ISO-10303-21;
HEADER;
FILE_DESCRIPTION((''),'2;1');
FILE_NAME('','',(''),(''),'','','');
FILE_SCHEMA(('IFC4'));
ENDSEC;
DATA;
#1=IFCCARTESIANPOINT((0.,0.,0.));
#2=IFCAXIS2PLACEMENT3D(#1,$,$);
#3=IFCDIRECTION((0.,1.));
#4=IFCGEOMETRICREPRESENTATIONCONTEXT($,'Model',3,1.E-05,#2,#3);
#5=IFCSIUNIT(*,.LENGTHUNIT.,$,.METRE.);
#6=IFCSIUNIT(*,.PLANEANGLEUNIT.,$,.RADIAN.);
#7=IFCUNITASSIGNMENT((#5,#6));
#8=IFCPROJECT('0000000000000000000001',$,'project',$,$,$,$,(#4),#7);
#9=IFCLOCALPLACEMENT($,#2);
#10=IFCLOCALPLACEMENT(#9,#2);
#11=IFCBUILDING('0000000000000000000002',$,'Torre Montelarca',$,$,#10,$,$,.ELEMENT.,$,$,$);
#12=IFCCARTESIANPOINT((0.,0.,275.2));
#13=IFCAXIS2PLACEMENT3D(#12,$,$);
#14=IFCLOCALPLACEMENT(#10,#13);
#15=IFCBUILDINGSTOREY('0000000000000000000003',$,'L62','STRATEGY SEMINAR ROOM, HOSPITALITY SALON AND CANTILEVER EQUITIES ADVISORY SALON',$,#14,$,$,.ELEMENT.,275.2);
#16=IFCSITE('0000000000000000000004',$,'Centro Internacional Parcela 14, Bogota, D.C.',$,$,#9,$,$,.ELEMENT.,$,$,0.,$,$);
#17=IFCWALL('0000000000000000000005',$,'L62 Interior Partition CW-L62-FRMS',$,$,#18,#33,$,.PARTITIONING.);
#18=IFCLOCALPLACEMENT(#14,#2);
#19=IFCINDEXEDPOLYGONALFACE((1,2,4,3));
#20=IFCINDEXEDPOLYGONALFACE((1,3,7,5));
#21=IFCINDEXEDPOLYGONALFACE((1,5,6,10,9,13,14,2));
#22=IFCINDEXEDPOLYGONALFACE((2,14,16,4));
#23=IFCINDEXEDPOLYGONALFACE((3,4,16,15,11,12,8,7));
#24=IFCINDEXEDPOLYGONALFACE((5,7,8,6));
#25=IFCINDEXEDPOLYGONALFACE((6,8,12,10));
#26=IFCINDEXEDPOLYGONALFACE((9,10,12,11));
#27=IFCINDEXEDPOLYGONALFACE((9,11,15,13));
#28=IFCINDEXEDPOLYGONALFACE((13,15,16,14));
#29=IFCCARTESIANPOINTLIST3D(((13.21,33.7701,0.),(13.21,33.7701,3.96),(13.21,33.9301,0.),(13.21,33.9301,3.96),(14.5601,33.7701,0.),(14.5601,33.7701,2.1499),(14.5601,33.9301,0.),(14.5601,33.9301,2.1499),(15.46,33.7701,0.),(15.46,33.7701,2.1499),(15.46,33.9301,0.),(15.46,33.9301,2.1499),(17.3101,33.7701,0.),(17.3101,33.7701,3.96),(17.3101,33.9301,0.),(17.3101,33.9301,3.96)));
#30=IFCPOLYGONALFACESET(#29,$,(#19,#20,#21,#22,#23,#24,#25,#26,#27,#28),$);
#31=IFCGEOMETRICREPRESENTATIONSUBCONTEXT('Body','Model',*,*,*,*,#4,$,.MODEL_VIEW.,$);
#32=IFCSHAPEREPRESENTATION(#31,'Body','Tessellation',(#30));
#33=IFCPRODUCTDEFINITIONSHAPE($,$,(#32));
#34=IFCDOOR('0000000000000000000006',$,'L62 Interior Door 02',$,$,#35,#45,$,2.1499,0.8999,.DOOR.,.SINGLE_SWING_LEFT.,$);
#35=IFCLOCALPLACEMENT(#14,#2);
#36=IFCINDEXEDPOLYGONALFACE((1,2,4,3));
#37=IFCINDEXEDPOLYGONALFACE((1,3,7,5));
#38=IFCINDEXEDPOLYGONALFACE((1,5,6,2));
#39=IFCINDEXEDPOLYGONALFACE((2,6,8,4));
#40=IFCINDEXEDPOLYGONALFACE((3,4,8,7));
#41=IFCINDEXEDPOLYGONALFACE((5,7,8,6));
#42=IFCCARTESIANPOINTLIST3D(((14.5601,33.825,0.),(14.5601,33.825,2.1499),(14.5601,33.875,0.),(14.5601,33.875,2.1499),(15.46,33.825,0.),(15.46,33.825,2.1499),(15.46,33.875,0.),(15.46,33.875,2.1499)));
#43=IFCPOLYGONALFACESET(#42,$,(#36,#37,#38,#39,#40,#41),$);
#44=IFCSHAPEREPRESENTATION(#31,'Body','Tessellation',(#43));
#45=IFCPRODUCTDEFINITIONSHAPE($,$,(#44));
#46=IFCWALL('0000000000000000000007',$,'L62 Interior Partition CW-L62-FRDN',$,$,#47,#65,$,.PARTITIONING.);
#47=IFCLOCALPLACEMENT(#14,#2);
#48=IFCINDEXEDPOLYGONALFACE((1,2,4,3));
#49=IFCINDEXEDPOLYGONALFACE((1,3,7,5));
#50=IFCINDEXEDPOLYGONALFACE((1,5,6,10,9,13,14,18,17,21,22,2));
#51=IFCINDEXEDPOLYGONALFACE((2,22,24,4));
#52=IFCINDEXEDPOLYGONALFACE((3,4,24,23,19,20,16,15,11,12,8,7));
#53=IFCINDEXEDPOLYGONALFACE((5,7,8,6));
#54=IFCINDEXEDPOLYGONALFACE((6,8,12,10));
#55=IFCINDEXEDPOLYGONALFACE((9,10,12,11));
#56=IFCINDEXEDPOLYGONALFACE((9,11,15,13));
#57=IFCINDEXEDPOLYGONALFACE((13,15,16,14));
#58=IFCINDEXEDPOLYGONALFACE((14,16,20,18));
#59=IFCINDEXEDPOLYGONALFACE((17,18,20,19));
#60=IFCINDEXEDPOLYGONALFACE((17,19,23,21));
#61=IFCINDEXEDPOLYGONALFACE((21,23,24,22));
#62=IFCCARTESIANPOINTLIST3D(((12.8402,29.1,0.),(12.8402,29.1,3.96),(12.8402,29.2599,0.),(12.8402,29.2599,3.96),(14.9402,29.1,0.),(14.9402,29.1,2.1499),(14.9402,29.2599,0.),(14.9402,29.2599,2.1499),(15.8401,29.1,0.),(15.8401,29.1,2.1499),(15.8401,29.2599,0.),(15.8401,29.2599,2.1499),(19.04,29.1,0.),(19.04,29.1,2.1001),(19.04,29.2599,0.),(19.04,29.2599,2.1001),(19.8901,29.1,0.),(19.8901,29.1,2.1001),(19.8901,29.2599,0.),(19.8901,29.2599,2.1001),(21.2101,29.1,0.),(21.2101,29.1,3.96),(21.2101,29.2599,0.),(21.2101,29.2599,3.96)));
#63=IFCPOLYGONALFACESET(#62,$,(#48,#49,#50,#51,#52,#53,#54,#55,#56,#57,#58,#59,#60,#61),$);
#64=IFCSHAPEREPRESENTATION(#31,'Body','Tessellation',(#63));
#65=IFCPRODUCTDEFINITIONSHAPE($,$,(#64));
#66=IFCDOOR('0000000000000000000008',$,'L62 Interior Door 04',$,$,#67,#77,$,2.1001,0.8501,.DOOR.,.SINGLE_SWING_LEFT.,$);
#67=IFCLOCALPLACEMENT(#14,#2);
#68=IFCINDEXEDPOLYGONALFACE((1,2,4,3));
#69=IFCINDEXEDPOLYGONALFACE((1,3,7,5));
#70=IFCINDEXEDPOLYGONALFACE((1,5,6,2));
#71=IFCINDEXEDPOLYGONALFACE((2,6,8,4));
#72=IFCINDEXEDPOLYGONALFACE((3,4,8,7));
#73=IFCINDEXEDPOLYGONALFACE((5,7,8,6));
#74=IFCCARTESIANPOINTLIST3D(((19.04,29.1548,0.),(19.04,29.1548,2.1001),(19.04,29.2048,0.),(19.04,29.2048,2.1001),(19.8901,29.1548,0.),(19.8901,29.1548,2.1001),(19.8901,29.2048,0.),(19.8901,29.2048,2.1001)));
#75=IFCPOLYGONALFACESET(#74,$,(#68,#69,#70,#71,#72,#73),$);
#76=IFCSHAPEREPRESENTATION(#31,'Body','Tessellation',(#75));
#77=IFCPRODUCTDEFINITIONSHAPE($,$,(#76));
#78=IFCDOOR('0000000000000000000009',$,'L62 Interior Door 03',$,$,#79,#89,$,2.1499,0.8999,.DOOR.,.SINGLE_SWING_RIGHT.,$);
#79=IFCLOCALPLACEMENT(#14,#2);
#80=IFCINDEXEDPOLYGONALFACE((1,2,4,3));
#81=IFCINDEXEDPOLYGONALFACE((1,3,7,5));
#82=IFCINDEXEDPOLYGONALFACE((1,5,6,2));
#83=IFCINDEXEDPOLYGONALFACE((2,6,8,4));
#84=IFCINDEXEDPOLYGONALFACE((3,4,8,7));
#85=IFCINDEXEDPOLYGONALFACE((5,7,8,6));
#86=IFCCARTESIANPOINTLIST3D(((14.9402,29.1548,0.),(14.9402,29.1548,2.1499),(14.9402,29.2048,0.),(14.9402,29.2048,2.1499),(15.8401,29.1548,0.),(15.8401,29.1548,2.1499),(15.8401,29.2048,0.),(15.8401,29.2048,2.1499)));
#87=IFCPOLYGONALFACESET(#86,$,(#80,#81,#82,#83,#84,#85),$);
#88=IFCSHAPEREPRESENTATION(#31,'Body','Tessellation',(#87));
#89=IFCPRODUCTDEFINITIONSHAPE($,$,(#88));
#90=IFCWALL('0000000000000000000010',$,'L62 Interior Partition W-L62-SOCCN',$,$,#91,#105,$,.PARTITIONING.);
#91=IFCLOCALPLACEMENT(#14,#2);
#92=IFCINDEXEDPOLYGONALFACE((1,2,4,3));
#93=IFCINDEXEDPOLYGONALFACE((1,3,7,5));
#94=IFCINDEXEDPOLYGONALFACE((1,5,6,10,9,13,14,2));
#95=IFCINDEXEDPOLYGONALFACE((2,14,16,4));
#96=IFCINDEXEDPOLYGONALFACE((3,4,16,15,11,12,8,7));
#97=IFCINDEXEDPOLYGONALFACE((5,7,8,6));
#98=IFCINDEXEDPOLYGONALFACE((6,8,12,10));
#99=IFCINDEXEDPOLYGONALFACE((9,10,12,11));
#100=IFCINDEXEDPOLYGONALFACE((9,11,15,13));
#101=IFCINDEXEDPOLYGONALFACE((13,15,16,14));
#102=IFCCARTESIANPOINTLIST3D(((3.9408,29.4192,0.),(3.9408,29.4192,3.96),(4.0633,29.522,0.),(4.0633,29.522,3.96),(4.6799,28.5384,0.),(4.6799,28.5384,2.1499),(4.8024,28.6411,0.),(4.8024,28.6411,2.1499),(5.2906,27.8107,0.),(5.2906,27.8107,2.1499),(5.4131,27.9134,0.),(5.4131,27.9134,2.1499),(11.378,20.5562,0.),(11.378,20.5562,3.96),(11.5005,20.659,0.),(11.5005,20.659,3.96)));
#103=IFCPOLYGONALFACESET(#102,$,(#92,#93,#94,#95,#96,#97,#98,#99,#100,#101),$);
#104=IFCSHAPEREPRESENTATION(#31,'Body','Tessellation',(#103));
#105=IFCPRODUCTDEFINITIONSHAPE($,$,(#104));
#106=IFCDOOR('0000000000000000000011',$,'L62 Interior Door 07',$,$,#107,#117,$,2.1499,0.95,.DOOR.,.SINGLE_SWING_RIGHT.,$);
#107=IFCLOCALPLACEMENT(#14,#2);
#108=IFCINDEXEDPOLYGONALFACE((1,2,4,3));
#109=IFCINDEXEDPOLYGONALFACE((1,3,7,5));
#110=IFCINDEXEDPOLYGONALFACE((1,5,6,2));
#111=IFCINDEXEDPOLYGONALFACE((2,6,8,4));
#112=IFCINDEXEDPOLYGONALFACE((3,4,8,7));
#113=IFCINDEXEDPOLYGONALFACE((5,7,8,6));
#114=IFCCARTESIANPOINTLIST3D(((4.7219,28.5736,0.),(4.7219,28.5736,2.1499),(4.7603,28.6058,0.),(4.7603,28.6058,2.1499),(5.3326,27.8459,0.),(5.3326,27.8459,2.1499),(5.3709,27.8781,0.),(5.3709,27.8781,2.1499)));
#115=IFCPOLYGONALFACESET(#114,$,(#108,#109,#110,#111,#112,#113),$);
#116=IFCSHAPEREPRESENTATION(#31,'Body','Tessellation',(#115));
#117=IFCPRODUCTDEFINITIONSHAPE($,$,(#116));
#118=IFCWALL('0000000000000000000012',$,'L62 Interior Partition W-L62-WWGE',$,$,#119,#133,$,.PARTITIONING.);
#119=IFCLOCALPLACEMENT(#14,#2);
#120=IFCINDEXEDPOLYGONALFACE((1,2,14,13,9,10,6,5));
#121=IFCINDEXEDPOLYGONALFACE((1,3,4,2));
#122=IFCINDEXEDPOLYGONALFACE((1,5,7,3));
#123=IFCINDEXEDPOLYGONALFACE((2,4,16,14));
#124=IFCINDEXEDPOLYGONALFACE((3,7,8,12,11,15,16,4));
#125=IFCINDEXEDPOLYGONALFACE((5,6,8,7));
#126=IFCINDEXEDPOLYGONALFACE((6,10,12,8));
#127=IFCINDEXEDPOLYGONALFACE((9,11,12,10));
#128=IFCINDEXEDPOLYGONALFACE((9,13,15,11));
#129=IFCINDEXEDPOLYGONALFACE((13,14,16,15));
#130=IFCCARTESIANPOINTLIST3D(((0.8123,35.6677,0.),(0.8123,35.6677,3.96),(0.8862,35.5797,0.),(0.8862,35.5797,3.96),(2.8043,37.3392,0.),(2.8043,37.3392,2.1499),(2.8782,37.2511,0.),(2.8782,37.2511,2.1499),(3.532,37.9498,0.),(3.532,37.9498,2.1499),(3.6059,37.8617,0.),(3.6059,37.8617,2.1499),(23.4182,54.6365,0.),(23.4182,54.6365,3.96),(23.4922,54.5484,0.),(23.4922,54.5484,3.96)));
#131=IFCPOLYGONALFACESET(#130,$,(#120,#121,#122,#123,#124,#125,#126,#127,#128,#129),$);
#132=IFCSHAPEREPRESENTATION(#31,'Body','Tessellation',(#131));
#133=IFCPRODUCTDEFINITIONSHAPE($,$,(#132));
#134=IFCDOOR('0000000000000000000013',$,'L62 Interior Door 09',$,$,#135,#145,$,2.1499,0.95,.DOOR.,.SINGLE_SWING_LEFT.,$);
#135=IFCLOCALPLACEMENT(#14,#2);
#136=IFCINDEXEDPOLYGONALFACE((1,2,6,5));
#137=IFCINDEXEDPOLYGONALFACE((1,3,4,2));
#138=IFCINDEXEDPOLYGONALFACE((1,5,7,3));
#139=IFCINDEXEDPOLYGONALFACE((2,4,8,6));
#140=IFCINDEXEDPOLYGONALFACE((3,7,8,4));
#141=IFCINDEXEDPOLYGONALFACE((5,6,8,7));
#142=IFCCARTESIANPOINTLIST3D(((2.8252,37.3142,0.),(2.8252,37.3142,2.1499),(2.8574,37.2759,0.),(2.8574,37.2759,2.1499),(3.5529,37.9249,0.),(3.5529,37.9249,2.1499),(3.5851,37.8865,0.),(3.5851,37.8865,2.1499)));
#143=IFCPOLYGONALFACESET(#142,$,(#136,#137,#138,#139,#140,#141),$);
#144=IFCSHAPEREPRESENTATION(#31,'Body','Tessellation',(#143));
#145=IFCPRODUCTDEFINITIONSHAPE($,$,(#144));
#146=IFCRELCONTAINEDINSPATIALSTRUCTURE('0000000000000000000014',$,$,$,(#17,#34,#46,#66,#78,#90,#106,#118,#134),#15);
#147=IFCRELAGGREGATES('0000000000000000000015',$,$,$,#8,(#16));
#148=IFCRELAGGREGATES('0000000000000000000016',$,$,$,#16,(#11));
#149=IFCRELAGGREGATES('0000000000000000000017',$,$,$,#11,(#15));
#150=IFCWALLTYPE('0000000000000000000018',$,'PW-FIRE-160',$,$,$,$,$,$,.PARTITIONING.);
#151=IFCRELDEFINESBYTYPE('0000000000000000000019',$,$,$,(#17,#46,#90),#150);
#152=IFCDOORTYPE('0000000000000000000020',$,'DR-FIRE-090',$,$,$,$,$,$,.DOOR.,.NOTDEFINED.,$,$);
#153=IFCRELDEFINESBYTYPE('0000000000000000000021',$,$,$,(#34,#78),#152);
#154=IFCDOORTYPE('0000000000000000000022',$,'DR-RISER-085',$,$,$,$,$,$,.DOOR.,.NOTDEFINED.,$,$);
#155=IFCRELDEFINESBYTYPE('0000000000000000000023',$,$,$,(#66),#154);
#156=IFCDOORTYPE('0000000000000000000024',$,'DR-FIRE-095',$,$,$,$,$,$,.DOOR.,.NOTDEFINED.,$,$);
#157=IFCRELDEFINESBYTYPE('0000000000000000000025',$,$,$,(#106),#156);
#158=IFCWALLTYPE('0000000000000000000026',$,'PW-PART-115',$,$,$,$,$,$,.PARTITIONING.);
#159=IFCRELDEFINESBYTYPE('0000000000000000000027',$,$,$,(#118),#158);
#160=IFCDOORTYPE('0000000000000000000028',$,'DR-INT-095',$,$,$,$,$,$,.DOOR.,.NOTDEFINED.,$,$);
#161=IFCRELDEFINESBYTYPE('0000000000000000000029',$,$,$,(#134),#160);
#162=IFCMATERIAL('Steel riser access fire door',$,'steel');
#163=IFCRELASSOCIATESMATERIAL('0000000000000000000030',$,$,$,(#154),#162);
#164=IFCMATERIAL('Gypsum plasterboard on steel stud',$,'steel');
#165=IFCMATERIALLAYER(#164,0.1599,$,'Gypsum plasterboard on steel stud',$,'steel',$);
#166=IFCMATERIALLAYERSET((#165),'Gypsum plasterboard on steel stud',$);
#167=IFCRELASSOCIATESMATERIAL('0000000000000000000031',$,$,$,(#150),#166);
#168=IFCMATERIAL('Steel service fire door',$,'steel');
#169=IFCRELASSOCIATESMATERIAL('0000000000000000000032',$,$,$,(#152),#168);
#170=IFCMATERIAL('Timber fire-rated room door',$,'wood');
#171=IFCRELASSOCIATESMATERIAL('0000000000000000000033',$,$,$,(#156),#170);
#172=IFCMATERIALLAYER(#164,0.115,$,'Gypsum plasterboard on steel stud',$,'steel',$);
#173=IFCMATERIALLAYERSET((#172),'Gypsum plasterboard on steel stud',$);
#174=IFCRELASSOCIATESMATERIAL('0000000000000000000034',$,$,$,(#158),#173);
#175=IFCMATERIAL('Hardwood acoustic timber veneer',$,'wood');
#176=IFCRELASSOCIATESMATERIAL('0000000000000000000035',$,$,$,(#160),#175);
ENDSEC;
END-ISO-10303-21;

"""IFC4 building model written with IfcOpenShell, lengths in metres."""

from ifc_helpers import new_model, si_unit, direction, frame, frame_2d, origin, place, context, subcontext, project, spatial, rectangle, extrude, source, transform, mapped, material, layer, layer_set, type_object, element, fill, save


model = new_model("IFC4")

# Units and contexts
model_context = context("Model", 3, precision=1e-05, world=origin(), true_north=direction((0.0, 1.0)))
body_context = subcontext(model_context, "Body", "Model", "MODEL_VIEW")
ifc_project = project(units=[si_unit("LENGTHUNIT", "METRE"), si_unit("PLANEANGLEUNIT", "RADIAN")], contexts=[model_context])

# Site, building, storey
site_placement = place(None, origin())
site = spatial("IfcSite", under=ifc_project, at=site_placement, Name="Centro Internacional Parcela 14, Bogota, D.C.", CompositionType="ELEMENT", RefElevation=0.0)
building_placement = place(site_placement, origin())
building = spatial("IfcBuilding", under=site, at=building_placement, Name="Torre Montelarca", CompositionType="ELEMENT")
storey_placement = place(building_placement, frame((0.0, 0.0, 275.2)))
storey = spatial("IfcBuildingStorey", under=building, at=storey_placement, Name="L62", Description="STRATEGY SEMINAR ROOM, HOSPITALITY SALON AND CANTILEVER EQUITIES ADVISORY SALON", CompositionType="ELEMENT", Elevation=275.2)

# Shared definitions
ifc_material_1 = material(Name="Steel riser access fire door", Category="steel")
door_type_1 = type_object("IfcDoorType", Name="DR-RISER-085", OperationType="NOTDEFINED", PredefinedType="DOOR", material=ifc_material_1)
shared_shape_1 = source(origin(), body_context, "Body", "SweptSolid", [
    extrude(rectangle(XDim=0.8501, YDim=2.1001, at=frame_2d((0.425, 1.05))), frame((0.0, 0.0249, 0.0), z_axis=(0.0, -1.0, 0.0), x_axis=(1.0, 0.0, 0.0)), (0.0, 0.0, 1.0), 0.05),
])

# Shared definitions
ifc_material_2 = material(Name="Gypsum plasterboard on steel stud", Category="steel")
ifc_layer_1 = layer(ifc_material_2, 0.1599, Name="Gypsum plasterboard on steel stud", Category="steel")
ifc_layer_set_1 = layer_set([ifc_layer_1], Name="Gypsum plasterboard on steel stud")
wall_type_1 = type_object("IfcWallType", Name="PW-FIRE-160", PredefinedType="PARTITIONING", material=ifc_layer_set_1)
ifc_material_3 = material(Name="Steel service fire door", Category="steel")
door_type_2 = type_object("IfcDoorType", Name="DR-FIRE-090", OperationType="NOTDEFINED", PredefinedType="DOOR", material=ifc_material_3)
shared_shape_2 = source(origin(), body_context, "Body", "SweptSolid", [
    extrude(rectangle(XDim=0.8999, YDim=2.1499, at=frame_2d((0.45, 1.075))), frame((0.0, 0.0249, 0.0), z_axis=(0.0, -1.0, 0.0), x_axis=(1.0, 0.0, 0.0)), (0.0, 0.0, 1.0), 0.05),
])

# Wall, opening, door
wall_1_placement = place(storey_placement, frame((13.21, 33.8501, 0.0), z_axis=(0.0, 0.0, 1.0), x_axis=(1.0, 0.0, 0.0)))
wall_1 = element("IfcWall", 1, at=wall_1_placement, inside=storey, type_object=wall_type_1, Name="L62 Interior Partition CW-L62-FRMS", PredefinedType="PARTITIONING", context=body_context, shape_type="SweptSolid", body=[
    extrude(rectangle(XDim=4.1001, YDim=0.1599, at=frame_2d((2.05, 0.0))), origin(), (0.0, 0.0, 1.0), 3.96),
])
opening_1_placement = place(wall_1_placement, frame((1.3501, 0.0, 0.0)))
opening_1 = element("IfcOpeningElement", 2, at=opening_1_placement, cuts=wall_1, PredefinedType="OPENING", context=body_context, shape_type="SweptSolid", body=[
    extrude(rectangle(XDim=0.8999, YDim=2.1499, at=frame_2d((0.45, 1.075))), frame((0.0, 0.0898, 0.0), z_axis=(0.0, -1.0, 0.0), x_axis=(1.0, 0.0, 0.0)), (0.0, 0.0, 1.0), 0.1799),
])
door_1_placement = place(opening_1_placement, origin())
door_1 = element("IfcDoor", 3, at=door_1_placement, inside=storey, type_object=door_type_2, Name="L62 Interior Door 02", OperationType="SINGLE_SWING_LEFT", OverallHeight=2.1499, OverallWidth=0.8999, PredefinedType="DOOR", context=body_context, shape_type="MappedRepresentation", body=[
    mapped(shared_shape_2, transform((0.0, 0.0, 0.0), scale=1.0)),
])
fill(opening_1, door_1)

# Wall, openings, doors
wall_2_placement = place(storey_placement, frame((12.8401, 29.1799, 0.0), z_axis=(0.0, 0.0, 1.0), x_axis=(1.0, 0.0, 0.0)))
wall_2 = element("IfcWall", 4, at=wall_2_placement, inside=storey, type_object=wall_type_1, Name="L62 Interior Partition CW-L62-FRDN", PredefinedType="PARTITIONING", context=body_context, shape_type="SweptSolid", body=[
    extrude(rectangle(XDim=8.3699, YDim=0.1599, at=frame_2d((4.1851, 0.0))), origin(), (0.0, 0.0, 1.0), 3.96),
])
opening_2_placement = place(wall_2_placement, frame((2.1001, 0.0, 0.0)))
opening_2 = element("IfcOpeningElement", 5, at=opening_2_placement, cuts=wall_2, PredefinedType="OPENING", context=body_context, shape_type="SweptSolid", body=[
    extrude(rectangle(XDim=0.8999, YDim=2.1499, at=frame_2d((0.45, 1.075))), frame((0.0, 0.0898, 0.0), z_axis=(0.0, -1.0, 0.0), x_axis=(1.0, 0.0, 0.0)), (0.0, 0.0, 1.0), 0.1799),
])
opening_3_placement = place(wall_2_placement, frame((6.2, 0.0, 0.0)))
opening_3 = element("IfcOpeningElement", 6, at=opening_3_placement, cuts=wall_2, PredefinedType="OPENING", context=body_context, shape_type="SweptSolid", body=[
    extrude(rectangle(XDim=0.8501, YDim=2.1001, at=frame_2d((0.425, 1.05))), frame((0.0, 0.0898, 0.0), z_axis=(0.0, -1.0, 0.0), x_axis=(1.0, 0.0, 0.0)), (0.0, 0.0, 1.0), 0.1799),
])
door_2_placement = place(opening_3_placement, origin())
door_2 = element("IfcDoor", 7, at=door_2_placement, inside=storey, type_object=door_type_1, Name="L62 Interior Door 04", OperationType="SINGLE_SWING_LEFT", OverallHeight=2.1001, OverallWidth=0.8501, PredefinedType="DOOR", context=body_context, shape_type="MappedRepresentation", body=[
    mapped(shared_shape_1, transform((0.0, 0.0, 0.0), scale=1.0)),
])
fill(opening_3, door_2)
door_3_placement = place(opening_2_placement, origin())
door_3 = element("IfcDoor", 8, at=door_3_placement, inside=storey, type_object=door_type_2, Name="L62 Interior Door 03", OperationType="SINGLE_SWING_RIGHT", OverallHeight=2.1499, OverallWidth=0.8999, PredefinedType="DOOR", context=body_context, shape_type="MappedRepresentation", body=[
    mapped(shared_shape_2, transform((0.0, 0.0, 0.0), scale=1.0)),
])
fill(opening_2, door_3)

# Walls, openings, doors
wall_3_placement = place(storey_placement, frame((4.002, 29.4707, 0.0), z_axis=(0.0, 0.0, 1.0), x_axis=(0.642802, -0.766032, 0.0)))
wall_3 = element("IfcWall", 9, at=wall_3_placement, inside=storey, type_object=wall_type_1, Name="L62 Interior Partition W-L62-SOCCN", PredefinedType="PARTITIONING", context=body_context, shape_type="SweptSolid", body=[
    extrude(rectangle(XDim=11.5701, YDim=0.1599, at=frame_2d((5.7852, 0.0))), origin(), (0.0, 0.0, 1.0), 3.96),
])
opening_4_placement = place(wall_3_placement, frame((1.1499, 0.0, 0.0)))
opening_4 = element("IfcOpeningElement", 10, at=opening_4_placement, cuts=wall_3, PredefinedType="OPENING", context=body_context, shape_type="SweptSolid", body=[
    extrude(rectangle(XDim=0.95, YDim=2.1499, at=frame_2d((0.4751, 1.075))), frame((0.0, 0.0898, 0.0), z_axis=(0.0, -1.0, 0.0), x_axis=(1.0, 0.0, 0.0)), (0.0, 0.0, 1.0), 0.1799),
])
ifc_material_4 = material(Name="Timber fire-rated room door", Category="wood")
door_type_3 = type_object("IfcDoorType", Name="DR-FIRE-095", OperationType="NOTDEFINED", PredefinedType="DOOR", material=ifc_material_4)
shared_shape_3 = source(origin(), body_context, "Body", "SweptSolid", [
    extrude(rectangle(XDim=0.95, YDim=2.1499, at=frame_2d((0.4751, 1.075))), frame((0.0, 0.0249, 0.0), z_axis=(0.0, -1.0, 0.0), x_axis=(1.0, 0.0, 0.0)), (0.0, 0.0, 1.0), 0.05),
])
door_4_placement = place(opening_4_placement, origin())
door_4 = element("IfcDoor", 11, at=door_4_placement, inside=storey, type_object=door_type_3, Name="L62 Interior Door 07", OperationType="SINGLE_SWING_RIGHT", OverallHeight=2.1499, OverallWidth=0.95, PredefinedType="DOOR", context=body_context, shape_type="MappedRepresentation", body=[
    mapped(shared_shape_3, transform((0.0, 0.0, 0.0), scale=1.0)),
])
fill(opening_4, door_4)
ifc_layer_2 = layer(ifc_material_2, 0.115, Name="Gypsum plasterboard on steel stud", Category="steel")
ifc_layer_set_2 = layer_set([ifc_layer_2], Name="Gypsum plasterboard on steel stud")
wall_type_2 = type_object("IfcWallType", Name="PW-PART-115", PredefinedType="PARTITIONING", material=ifc_layer_set_2)
wall_4_placement = place(storey_placement, frame((0.8494, 35.6238, 0.0), z_axis=(0.0, 0.0, 1.0), x_axis=(0.766043, 0.64279, 0.0)))
wall_4 = element("IfcWall", 12, at=wall_4_placement, inside=storey, type_object=wall_type_2, Name="L62 Interior Partition W-L62-WWGE", PredefinedType="PARTITIONING", context=body_context, shape_type="SweptSolid", body=[
    extrude(rectangle(XDim=29.51, YDim=0.115, at=frame_2d((14.7549, 0.0))), origin(), (0.0, 0.0, 1.0), 3.96),
])
opening_5_placement = place(wall_4_placement, frame((2.6001, 0.0, 0.0)))
opening_5 = element("IfcOpeningElement", 13, at=opening_5_placement, cuts=wall_4, PredefinedType="OPENING", context=body_context, shape_type="SweptSolid", body=[
    extrude(rectangle(XDim=0.95, YDim=2.1499, at=frame_2d((0.4751, 1.075))), frame((0.0, 0.0674, 0.0), z_axis=(0.0, -1.0, 0.0), x_axis=(1.0, 0.0, 0.0)), (0.0, 0.0, 1.0), 0.135),
])
ifc_material_5 = material(Name="Hardwood acoustic timber veneer", Category="wood")
door_type_4 = type_object("IfcDoorType", Name="DR-INT-095", OperationType="NOTDEFINED", PredefinedType="DOOR", material=ifc_material_5)
shared_shape_4 = source(origin(), body_context, "Body", "SweptSolid", [
    extrude(rectangle(XDim=0.95, YDim=2.1499, at=frame_2d((0.4751, 1.075))), frame((0.0, 0.0249, 0.0), z_axis=(0.0, -1.0, 0.0), x_axis=(1.0, 0.0, 0.0)), (0.0, 0.0, 1.0), 0.05),
])
door_5_placement = place(opening_5_placement, origin())
door_5 = element("IfcDoor", 14, at=door_5_placement, inside=storey, type_object=door_type_4, Name="L62 Interior Door 09", OperationType="SINGLE_SWING_LEFT", OverallHeight=2.1499, OverallWidth=0.95, PredefinedType="DOOR", context=body_context, shape_type="MappedRepresentation", body=[
    mapped(shared_shape_4, transform((0.0, 0.0, 0.0), scale=1.0)),
])
fill(opening_5, door_5)

save(model, "model.ifc")
